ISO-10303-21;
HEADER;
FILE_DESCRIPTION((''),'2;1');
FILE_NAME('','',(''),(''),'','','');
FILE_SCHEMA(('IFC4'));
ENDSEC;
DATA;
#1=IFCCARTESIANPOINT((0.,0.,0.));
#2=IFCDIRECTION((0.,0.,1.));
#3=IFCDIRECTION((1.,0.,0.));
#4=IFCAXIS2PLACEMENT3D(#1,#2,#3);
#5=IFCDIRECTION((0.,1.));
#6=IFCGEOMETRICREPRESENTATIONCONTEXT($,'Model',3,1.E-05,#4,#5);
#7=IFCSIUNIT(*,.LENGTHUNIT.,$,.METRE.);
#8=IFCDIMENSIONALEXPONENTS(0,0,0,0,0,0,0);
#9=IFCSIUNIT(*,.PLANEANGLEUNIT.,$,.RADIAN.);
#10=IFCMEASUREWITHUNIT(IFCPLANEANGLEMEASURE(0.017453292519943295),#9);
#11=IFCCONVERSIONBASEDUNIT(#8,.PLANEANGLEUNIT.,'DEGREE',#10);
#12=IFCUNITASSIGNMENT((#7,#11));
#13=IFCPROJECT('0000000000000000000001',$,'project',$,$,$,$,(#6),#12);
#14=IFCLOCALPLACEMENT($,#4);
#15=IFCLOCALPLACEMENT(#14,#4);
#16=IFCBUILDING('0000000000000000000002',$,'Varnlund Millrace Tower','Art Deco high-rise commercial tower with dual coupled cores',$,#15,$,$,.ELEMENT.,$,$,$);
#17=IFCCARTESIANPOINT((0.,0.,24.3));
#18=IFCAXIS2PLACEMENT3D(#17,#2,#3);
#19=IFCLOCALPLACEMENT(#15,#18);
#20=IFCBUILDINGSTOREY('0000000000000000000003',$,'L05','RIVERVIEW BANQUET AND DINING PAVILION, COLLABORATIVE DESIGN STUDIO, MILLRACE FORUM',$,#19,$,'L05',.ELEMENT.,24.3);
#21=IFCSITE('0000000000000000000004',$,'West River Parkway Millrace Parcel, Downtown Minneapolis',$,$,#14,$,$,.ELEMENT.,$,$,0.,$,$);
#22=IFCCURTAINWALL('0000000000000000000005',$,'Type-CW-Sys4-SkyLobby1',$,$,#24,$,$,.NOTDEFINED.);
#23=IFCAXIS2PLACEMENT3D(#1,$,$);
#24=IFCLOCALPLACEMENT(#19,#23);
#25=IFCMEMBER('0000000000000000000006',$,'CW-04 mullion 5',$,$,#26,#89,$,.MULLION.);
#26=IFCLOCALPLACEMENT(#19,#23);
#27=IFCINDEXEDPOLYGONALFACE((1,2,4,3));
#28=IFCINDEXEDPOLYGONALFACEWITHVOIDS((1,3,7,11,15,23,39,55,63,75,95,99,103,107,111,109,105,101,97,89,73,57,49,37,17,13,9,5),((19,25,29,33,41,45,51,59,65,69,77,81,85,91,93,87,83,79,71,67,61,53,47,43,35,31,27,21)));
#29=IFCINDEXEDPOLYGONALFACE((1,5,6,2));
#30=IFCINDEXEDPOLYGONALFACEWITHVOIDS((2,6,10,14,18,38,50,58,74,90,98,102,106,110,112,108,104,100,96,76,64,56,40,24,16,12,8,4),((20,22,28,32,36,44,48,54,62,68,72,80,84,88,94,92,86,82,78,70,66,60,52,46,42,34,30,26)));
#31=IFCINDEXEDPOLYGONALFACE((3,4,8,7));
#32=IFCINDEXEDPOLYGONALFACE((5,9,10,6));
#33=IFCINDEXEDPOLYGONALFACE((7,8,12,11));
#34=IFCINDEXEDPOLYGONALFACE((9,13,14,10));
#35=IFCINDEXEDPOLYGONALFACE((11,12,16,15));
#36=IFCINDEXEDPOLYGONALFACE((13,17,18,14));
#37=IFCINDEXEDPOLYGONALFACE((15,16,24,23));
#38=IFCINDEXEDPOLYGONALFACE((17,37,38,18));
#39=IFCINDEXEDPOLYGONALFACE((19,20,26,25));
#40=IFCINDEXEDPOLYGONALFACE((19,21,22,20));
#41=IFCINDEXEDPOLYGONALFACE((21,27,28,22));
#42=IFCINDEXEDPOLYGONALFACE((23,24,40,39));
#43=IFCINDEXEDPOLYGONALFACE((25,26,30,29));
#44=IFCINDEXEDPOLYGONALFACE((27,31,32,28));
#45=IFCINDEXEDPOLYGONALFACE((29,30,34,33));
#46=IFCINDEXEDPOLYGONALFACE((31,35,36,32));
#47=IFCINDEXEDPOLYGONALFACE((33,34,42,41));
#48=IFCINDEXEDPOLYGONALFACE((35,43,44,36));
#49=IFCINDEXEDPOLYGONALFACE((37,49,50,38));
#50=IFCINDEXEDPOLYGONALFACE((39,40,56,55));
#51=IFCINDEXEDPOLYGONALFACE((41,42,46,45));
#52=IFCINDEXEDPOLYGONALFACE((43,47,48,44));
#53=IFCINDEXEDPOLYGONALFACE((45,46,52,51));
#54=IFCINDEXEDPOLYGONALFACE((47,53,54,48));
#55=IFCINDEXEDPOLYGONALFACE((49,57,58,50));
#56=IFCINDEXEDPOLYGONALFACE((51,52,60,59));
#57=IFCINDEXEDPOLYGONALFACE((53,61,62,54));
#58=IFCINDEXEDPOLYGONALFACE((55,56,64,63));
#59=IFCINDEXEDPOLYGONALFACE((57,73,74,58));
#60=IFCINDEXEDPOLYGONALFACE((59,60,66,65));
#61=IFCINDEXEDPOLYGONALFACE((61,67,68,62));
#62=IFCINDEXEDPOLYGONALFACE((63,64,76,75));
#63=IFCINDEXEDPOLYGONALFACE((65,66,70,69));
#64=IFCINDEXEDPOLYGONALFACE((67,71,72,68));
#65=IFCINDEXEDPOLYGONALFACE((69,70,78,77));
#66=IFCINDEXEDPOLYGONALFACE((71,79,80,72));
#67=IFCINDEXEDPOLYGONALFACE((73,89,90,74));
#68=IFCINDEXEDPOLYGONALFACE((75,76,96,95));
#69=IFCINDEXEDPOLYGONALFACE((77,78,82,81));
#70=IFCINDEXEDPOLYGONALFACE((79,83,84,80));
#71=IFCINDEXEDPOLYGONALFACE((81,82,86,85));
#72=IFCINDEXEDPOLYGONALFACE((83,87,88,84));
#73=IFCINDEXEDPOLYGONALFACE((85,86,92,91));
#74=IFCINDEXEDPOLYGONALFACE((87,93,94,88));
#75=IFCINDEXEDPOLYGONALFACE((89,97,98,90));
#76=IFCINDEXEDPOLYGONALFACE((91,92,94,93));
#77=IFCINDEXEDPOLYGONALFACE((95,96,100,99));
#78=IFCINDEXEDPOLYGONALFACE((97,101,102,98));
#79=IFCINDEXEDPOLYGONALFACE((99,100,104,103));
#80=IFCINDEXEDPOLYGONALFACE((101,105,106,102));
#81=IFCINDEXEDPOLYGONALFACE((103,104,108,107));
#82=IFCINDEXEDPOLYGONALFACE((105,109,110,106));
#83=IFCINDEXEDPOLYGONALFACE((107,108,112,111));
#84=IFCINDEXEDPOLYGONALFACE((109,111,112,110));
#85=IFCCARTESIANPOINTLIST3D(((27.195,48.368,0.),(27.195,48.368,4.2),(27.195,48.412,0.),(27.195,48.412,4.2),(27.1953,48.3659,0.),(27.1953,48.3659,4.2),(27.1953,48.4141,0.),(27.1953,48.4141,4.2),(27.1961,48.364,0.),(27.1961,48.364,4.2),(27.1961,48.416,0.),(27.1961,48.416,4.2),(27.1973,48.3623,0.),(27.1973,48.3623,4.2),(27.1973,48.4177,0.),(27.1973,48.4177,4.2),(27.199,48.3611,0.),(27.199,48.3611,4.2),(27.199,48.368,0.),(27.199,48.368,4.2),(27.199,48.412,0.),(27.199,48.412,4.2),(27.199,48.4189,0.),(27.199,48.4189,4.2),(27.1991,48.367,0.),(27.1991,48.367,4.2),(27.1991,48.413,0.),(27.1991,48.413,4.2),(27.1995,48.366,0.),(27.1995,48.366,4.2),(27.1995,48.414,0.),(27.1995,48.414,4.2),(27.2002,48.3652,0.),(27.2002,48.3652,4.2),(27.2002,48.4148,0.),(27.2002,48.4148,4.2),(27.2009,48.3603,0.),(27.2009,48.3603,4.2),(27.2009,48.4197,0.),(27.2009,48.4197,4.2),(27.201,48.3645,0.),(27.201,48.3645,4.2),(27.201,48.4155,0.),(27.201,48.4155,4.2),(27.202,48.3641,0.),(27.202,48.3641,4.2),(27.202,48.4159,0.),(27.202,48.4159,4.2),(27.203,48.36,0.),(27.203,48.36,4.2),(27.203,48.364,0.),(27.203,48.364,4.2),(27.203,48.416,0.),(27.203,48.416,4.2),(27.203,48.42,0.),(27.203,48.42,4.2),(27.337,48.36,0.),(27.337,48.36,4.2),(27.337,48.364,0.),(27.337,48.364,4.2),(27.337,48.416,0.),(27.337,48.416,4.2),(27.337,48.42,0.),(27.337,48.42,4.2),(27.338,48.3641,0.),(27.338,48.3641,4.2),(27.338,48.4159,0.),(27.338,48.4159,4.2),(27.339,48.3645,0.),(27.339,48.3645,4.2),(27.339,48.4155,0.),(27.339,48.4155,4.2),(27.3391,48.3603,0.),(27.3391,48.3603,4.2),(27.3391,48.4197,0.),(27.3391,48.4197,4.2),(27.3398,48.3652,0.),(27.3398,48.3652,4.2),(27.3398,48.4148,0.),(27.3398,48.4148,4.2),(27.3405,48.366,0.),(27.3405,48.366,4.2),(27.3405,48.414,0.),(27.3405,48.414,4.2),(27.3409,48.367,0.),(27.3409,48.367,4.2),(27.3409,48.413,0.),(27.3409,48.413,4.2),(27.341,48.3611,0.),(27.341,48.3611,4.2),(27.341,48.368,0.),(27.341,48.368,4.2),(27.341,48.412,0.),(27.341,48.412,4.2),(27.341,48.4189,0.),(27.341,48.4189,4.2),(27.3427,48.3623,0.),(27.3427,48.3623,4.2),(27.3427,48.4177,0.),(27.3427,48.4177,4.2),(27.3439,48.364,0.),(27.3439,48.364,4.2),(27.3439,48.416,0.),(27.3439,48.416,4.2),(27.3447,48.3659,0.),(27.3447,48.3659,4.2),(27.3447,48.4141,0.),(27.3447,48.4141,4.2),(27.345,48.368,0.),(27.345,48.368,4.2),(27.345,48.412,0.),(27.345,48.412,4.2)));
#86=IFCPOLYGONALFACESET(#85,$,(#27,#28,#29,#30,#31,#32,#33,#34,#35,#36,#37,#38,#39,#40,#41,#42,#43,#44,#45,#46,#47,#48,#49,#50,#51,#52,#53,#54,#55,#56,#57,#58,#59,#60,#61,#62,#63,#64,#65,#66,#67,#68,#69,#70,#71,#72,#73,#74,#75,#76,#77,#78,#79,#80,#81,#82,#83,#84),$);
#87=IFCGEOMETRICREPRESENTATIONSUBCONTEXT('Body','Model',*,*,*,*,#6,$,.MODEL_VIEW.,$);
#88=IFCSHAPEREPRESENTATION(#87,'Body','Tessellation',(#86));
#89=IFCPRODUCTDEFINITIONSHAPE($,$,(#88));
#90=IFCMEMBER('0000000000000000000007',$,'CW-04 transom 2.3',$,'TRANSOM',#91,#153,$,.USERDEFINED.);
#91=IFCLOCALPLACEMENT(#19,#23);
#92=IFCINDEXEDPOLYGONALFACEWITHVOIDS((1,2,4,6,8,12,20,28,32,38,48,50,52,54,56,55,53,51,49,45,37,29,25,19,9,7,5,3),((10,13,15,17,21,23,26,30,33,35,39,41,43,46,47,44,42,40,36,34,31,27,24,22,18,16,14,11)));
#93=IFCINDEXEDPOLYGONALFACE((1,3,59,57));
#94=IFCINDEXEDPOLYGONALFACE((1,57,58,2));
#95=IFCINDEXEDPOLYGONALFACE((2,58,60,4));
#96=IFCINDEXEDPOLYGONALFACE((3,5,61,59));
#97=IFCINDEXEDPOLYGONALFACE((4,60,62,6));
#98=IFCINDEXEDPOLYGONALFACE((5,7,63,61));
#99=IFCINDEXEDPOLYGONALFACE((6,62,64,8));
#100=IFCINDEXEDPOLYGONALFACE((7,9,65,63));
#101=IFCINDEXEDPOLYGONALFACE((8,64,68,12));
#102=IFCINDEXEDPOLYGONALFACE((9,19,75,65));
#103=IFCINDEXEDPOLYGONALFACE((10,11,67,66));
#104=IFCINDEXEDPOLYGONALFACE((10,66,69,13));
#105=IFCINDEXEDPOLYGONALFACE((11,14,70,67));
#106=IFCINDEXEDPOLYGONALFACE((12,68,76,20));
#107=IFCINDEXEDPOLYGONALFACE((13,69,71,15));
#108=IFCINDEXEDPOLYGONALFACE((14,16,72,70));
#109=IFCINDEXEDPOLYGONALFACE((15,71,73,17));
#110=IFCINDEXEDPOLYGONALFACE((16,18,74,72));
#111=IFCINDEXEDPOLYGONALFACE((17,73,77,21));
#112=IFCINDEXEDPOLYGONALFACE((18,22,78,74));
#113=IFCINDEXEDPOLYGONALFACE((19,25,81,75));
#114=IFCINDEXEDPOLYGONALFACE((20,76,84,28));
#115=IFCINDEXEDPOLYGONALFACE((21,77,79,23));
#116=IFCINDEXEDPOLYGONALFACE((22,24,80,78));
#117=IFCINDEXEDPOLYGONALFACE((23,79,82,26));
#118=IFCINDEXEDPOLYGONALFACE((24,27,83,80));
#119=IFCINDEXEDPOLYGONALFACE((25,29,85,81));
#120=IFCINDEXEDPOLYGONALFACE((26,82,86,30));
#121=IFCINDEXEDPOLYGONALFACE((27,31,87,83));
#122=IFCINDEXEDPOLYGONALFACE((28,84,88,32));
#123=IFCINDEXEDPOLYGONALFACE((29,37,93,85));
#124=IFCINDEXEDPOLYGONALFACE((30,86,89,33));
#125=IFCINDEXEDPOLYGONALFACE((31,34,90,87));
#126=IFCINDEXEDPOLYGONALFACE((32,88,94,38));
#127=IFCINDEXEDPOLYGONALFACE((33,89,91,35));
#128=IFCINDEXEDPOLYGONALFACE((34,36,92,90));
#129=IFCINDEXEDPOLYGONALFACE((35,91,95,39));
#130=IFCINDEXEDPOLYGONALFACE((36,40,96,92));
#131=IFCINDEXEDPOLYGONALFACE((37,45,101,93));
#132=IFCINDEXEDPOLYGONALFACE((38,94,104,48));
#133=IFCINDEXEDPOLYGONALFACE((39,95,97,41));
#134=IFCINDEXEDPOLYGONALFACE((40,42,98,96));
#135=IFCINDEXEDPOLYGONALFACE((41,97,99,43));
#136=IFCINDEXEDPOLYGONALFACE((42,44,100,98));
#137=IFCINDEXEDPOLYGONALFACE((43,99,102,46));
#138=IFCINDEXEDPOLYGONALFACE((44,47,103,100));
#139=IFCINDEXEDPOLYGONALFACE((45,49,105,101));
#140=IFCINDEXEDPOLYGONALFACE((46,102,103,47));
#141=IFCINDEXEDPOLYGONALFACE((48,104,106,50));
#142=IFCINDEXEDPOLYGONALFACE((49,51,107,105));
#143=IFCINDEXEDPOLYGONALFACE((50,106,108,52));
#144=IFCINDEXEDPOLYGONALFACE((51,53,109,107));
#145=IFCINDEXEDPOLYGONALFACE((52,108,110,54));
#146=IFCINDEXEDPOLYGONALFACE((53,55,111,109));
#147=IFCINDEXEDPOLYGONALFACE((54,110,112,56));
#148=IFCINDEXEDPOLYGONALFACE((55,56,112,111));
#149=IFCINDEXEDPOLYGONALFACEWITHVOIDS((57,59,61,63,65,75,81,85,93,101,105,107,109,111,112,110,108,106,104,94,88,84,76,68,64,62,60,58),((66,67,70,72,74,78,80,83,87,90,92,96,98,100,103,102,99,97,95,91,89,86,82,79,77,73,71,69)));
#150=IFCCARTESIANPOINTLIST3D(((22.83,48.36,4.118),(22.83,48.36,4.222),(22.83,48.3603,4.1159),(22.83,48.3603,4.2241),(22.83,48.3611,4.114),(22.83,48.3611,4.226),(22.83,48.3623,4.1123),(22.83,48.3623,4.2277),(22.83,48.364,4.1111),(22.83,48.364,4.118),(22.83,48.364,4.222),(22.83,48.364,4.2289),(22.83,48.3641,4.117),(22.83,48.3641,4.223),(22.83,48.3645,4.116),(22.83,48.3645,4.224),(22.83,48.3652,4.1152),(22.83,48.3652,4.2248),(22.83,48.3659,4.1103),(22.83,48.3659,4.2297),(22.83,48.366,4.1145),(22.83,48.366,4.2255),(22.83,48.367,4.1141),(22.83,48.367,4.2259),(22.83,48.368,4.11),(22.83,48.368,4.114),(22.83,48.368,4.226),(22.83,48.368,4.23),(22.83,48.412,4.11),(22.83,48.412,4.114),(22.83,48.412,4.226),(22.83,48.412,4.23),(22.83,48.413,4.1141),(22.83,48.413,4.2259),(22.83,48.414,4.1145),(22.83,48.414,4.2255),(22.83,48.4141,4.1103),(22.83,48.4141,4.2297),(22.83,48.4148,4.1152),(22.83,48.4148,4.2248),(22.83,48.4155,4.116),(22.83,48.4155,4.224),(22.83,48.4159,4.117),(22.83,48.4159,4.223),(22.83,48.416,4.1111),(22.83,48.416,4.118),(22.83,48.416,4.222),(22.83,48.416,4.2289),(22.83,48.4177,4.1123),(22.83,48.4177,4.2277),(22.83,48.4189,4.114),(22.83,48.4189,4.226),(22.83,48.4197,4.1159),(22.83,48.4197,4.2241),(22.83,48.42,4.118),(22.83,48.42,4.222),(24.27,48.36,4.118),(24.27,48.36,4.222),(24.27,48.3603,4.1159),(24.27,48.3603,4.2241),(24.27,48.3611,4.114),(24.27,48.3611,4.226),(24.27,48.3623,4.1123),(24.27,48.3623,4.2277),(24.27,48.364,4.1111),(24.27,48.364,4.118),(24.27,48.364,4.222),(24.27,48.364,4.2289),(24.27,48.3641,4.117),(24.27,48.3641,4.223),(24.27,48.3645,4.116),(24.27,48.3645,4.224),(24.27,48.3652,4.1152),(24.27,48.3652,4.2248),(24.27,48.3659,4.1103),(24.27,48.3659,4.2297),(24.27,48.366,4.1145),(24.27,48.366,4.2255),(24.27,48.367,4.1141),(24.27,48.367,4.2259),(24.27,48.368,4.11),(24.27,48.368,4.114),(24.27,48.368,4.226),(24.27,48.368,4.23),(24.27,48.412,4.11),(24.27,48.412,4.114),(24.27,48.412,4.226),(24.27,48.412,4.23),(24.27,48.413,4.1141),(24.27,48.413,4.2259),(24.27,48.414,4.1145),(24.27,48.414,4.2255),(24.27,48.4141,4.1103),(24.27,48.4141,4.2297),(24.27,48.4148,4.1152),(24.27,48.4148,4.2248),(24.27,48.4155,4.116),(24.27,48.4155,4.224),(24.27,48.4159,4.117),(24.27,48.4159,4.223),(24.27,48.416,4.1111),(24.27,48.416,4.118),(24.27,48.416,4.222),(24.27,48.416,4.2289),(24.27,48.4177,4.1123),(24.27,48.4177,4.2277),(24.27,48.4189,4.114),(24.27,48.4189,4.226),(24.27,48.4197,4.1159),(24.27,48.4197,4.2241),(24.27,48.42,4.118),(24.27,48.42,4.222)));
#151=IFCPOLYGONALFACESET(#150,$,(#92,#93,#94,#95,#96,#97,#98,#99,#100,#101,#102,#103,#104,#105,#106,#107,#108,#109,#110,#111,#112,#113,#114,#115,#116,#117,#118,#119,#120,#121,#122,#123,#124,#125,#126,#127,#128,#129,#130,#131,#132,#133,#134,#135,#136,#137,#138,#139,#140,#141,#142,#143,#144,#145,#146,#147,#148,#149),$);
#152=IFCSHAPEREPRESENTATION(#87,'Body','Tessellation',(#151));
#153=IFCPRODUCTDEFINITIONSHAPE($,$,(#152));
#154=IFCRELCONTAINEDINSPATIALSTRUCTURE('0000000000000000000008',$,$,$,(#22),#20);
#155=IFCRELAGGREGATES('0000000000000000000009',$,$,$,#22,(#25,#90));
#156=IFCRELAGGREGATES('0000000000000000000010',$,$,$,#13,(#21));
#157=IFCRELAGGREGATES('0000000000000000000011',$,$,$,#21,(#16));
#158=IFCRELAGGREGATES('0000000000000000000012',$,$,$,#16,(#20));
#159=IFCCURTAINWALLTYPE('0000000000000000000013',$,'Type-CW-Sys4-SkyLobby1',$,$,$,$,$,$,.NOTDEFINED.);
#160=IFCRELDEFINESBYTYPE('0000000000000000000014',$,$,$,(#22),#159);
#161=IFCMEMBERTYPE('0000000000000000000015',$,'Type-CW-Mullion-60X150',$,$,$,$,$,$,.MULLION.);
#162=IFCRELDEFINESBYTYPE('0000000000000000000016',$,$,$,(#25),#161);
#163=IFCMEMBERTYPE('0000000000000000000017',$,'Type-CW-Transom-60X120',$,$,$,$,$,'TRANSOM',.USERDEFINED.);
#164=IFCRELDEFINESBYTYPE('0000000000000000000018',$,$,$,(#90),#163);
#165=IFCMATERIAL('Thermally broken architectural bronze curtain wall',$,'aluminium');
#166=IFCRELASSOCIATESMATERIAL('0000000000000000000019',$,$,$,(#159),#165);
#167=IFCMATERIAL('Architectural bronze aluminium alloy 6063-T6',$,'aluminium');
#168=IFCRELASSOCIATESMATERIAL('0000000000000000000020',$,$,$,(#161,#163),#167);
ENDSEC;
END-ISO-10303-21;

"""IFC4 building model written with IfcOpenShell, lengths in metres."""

from ifc_helpers import new_model, entity, si_unit, converted_unit, direction, frame, origin_with_axes, origin_2d_with_axis, place, context, subcontext, project, spatial, hollow_rectangle, extrude, material, material_profile, profile_set, type_object, element, aggregate, save


model = new_model("IFC4")

# Units and contexts
model_context = context("Model", 3, precision=1e-05, world=origin_with_axes(), true_north=direction((0.0, 1.0)))
body_context = subcontext(model_context, "Body", "Model", "MODEL_VIEW")
ifc_project = project(units=[si_unit("LENGTHUNIT", "METRE"), converted_unit("PLANEANGLEUNIT", "DEGREE", entity("IfcPlaneAngleMeasure", 0.017453292519943295), si_unit("PLANEANGLEUNIT", "RADIAN"), dimensions=[0, 0, 0, 0, 0, 0, 0])], contexts=[model_context])

# Site, building, storey
site_placement = place(None, origin_with_axes())
site = spatial("IfcSite", under=ifc_project, at=site_placement, Name="West River Parkway Millrace Parcel, Downtown Minneapolis", CompositionType="ELEMENT", RefElevation=0.0)
building_placement = place(site_placement, origin_with_axes())
building = spatial("IfcBuilding", under=site, at=building_placement, Name="Varnlund Millrace Tower", Description="Art Deco high-rise commercial tower with dual coupled cores", CompositionType="ELEMENT")
storey_placement = place(building_placement, frame((0.0, 0.0, 24.3), z_axis=(0.0, 0.0, 1.0), x_axis=(1.0, 0.0, 0.0)))
storey = spatial("IfcBuildingStorey", under=building, at=storey_placement, Name="L05", Description="RIVERVIEW BANQUET AND DINING PAVILION, COLLABORATIVE DESIGN STUDIO, MILLRACE FORUM", LongName="L05", CompositionType="ELEMENT", Elevation=24.3)

# Curtain wall, members
ifc_material_1 = material(Name="Thermally broken architectural bronze curtain wall", Category="aluminium")
curtain_wall_type = type_object("IfcCurtainWallType", Name="Type-CW-Sys4-SkyLobby1", PredefinedType="NOTDEFINED", material=ifc_material_1)
curtain_wall_placement = place(storey_placement, frame((21.3, 48.39, 0.0), z_axis=(0.0, 0.0, 1.0), x_axis=(1.0, 0.0, 0.0)))
curtain_wall = element("IfcCurtainWall", 1, at=curtain_wall_placement, inside=storey, type_object=curtain_wall_type, Name="Type-CW-Sys4-SkyLobby1", PredefinedType="NOTDEFINED")
ifc_material_2 = material(Name="Architectural bronze aluminium alloy 6063-T6", Category="aluminium")
ifc_material_profile_1 = material_profile(ifc_material_2, hollow_rectangle(XDim=0.06, YDim=0.15, WallThickness=0.004, InnerFilletRadius=0.004, OuterFilletRadius=0.008, at=origin_2d_with_axis()), Name="Architectural bronze aluminium alloy 6063-T6")
ifc_profile_set_1 = profile_set([ifc_material_profile_1], Name="Architectural bronze aluminium alloy 6063-T6")
member_type_1 = type_object("IfcMemberType", Name="Type-CW-Mullion-60X150", PredefinedType="MULLION", material=ifc_profile_set_1)
member_1_placement = place(storey_placement, frame((27.27, 48.39, 0.0), z_axis=(0.0, 0.0, 1.0), x_axis=(0.0, 1.0, 0.0)))
member_1 = element("IfcMember", 2, at=member_1_placement, type_object=member_type_1, Name="CW-04 mullion 5", PredefinedType="MULLION", context=body_context, shape_type="SweptSolid", body=[
    extrude(hollow_rectangle(XDim=0.06, YDim=0.15, WallThickness=0.004, InnerFilletRadius=0.004, OuterFilletRadius=0.008, at=origin_2d_with_axis()), origin_with_axes(), (0.0, 0.0, 1.0), 4.2),
])
ifc_material_profile_2 = material_profile(ifc_material_2, hollow_rectangle(XDim=0.06, YDim=0.12, WallThickness=0.004, InnerFilletRadius=0.004, OuterFilletRadius=0.008, at=origin_2d_with_axis()), Name="Architectural bronze aluminium alloy 6063-T6")
ifc_profile_set_2 = profile_set([ifc_material_profile_2], Name="Architectural bronze aluminium alloy 6063-T6")
member_type_2 = type_object("IfcMemberType", Name="Type-CW-Transom-60X120", ElementType="TRANSOM", PredefinedType="USERDEFINED", material=ifc_profile_set_2)
member_2_placement = place(storey_placement, frame((22.83, 48.39, 4.17), z_axis=(1.0, 0.0, 0.0), x_axis=(0.0, 1.0, 0.0)))
member_2 = element("IfcMember", 3, at=member_2_placement, type_object=member_type_2, Name="CW-04 transom 2.3", ObjectType="TRANSOM", PredefinedType="USERDEFINED", context=body_context, shape_type="SweptSolid", body=[
    extrude(hollow_rectangle(XDim=0.06, YDim=0.12, WallThickness=0.004, InnerFilletRadius=0.004, OuterFilletRadius=0.008, at=origin_2d_with_axis()), origin_with_axes(), (0.0, 0.0, 1.0), 1.44),
])
aggregate(curtain_wall, [member_1, member_2])

save(model, "model.ifc")
